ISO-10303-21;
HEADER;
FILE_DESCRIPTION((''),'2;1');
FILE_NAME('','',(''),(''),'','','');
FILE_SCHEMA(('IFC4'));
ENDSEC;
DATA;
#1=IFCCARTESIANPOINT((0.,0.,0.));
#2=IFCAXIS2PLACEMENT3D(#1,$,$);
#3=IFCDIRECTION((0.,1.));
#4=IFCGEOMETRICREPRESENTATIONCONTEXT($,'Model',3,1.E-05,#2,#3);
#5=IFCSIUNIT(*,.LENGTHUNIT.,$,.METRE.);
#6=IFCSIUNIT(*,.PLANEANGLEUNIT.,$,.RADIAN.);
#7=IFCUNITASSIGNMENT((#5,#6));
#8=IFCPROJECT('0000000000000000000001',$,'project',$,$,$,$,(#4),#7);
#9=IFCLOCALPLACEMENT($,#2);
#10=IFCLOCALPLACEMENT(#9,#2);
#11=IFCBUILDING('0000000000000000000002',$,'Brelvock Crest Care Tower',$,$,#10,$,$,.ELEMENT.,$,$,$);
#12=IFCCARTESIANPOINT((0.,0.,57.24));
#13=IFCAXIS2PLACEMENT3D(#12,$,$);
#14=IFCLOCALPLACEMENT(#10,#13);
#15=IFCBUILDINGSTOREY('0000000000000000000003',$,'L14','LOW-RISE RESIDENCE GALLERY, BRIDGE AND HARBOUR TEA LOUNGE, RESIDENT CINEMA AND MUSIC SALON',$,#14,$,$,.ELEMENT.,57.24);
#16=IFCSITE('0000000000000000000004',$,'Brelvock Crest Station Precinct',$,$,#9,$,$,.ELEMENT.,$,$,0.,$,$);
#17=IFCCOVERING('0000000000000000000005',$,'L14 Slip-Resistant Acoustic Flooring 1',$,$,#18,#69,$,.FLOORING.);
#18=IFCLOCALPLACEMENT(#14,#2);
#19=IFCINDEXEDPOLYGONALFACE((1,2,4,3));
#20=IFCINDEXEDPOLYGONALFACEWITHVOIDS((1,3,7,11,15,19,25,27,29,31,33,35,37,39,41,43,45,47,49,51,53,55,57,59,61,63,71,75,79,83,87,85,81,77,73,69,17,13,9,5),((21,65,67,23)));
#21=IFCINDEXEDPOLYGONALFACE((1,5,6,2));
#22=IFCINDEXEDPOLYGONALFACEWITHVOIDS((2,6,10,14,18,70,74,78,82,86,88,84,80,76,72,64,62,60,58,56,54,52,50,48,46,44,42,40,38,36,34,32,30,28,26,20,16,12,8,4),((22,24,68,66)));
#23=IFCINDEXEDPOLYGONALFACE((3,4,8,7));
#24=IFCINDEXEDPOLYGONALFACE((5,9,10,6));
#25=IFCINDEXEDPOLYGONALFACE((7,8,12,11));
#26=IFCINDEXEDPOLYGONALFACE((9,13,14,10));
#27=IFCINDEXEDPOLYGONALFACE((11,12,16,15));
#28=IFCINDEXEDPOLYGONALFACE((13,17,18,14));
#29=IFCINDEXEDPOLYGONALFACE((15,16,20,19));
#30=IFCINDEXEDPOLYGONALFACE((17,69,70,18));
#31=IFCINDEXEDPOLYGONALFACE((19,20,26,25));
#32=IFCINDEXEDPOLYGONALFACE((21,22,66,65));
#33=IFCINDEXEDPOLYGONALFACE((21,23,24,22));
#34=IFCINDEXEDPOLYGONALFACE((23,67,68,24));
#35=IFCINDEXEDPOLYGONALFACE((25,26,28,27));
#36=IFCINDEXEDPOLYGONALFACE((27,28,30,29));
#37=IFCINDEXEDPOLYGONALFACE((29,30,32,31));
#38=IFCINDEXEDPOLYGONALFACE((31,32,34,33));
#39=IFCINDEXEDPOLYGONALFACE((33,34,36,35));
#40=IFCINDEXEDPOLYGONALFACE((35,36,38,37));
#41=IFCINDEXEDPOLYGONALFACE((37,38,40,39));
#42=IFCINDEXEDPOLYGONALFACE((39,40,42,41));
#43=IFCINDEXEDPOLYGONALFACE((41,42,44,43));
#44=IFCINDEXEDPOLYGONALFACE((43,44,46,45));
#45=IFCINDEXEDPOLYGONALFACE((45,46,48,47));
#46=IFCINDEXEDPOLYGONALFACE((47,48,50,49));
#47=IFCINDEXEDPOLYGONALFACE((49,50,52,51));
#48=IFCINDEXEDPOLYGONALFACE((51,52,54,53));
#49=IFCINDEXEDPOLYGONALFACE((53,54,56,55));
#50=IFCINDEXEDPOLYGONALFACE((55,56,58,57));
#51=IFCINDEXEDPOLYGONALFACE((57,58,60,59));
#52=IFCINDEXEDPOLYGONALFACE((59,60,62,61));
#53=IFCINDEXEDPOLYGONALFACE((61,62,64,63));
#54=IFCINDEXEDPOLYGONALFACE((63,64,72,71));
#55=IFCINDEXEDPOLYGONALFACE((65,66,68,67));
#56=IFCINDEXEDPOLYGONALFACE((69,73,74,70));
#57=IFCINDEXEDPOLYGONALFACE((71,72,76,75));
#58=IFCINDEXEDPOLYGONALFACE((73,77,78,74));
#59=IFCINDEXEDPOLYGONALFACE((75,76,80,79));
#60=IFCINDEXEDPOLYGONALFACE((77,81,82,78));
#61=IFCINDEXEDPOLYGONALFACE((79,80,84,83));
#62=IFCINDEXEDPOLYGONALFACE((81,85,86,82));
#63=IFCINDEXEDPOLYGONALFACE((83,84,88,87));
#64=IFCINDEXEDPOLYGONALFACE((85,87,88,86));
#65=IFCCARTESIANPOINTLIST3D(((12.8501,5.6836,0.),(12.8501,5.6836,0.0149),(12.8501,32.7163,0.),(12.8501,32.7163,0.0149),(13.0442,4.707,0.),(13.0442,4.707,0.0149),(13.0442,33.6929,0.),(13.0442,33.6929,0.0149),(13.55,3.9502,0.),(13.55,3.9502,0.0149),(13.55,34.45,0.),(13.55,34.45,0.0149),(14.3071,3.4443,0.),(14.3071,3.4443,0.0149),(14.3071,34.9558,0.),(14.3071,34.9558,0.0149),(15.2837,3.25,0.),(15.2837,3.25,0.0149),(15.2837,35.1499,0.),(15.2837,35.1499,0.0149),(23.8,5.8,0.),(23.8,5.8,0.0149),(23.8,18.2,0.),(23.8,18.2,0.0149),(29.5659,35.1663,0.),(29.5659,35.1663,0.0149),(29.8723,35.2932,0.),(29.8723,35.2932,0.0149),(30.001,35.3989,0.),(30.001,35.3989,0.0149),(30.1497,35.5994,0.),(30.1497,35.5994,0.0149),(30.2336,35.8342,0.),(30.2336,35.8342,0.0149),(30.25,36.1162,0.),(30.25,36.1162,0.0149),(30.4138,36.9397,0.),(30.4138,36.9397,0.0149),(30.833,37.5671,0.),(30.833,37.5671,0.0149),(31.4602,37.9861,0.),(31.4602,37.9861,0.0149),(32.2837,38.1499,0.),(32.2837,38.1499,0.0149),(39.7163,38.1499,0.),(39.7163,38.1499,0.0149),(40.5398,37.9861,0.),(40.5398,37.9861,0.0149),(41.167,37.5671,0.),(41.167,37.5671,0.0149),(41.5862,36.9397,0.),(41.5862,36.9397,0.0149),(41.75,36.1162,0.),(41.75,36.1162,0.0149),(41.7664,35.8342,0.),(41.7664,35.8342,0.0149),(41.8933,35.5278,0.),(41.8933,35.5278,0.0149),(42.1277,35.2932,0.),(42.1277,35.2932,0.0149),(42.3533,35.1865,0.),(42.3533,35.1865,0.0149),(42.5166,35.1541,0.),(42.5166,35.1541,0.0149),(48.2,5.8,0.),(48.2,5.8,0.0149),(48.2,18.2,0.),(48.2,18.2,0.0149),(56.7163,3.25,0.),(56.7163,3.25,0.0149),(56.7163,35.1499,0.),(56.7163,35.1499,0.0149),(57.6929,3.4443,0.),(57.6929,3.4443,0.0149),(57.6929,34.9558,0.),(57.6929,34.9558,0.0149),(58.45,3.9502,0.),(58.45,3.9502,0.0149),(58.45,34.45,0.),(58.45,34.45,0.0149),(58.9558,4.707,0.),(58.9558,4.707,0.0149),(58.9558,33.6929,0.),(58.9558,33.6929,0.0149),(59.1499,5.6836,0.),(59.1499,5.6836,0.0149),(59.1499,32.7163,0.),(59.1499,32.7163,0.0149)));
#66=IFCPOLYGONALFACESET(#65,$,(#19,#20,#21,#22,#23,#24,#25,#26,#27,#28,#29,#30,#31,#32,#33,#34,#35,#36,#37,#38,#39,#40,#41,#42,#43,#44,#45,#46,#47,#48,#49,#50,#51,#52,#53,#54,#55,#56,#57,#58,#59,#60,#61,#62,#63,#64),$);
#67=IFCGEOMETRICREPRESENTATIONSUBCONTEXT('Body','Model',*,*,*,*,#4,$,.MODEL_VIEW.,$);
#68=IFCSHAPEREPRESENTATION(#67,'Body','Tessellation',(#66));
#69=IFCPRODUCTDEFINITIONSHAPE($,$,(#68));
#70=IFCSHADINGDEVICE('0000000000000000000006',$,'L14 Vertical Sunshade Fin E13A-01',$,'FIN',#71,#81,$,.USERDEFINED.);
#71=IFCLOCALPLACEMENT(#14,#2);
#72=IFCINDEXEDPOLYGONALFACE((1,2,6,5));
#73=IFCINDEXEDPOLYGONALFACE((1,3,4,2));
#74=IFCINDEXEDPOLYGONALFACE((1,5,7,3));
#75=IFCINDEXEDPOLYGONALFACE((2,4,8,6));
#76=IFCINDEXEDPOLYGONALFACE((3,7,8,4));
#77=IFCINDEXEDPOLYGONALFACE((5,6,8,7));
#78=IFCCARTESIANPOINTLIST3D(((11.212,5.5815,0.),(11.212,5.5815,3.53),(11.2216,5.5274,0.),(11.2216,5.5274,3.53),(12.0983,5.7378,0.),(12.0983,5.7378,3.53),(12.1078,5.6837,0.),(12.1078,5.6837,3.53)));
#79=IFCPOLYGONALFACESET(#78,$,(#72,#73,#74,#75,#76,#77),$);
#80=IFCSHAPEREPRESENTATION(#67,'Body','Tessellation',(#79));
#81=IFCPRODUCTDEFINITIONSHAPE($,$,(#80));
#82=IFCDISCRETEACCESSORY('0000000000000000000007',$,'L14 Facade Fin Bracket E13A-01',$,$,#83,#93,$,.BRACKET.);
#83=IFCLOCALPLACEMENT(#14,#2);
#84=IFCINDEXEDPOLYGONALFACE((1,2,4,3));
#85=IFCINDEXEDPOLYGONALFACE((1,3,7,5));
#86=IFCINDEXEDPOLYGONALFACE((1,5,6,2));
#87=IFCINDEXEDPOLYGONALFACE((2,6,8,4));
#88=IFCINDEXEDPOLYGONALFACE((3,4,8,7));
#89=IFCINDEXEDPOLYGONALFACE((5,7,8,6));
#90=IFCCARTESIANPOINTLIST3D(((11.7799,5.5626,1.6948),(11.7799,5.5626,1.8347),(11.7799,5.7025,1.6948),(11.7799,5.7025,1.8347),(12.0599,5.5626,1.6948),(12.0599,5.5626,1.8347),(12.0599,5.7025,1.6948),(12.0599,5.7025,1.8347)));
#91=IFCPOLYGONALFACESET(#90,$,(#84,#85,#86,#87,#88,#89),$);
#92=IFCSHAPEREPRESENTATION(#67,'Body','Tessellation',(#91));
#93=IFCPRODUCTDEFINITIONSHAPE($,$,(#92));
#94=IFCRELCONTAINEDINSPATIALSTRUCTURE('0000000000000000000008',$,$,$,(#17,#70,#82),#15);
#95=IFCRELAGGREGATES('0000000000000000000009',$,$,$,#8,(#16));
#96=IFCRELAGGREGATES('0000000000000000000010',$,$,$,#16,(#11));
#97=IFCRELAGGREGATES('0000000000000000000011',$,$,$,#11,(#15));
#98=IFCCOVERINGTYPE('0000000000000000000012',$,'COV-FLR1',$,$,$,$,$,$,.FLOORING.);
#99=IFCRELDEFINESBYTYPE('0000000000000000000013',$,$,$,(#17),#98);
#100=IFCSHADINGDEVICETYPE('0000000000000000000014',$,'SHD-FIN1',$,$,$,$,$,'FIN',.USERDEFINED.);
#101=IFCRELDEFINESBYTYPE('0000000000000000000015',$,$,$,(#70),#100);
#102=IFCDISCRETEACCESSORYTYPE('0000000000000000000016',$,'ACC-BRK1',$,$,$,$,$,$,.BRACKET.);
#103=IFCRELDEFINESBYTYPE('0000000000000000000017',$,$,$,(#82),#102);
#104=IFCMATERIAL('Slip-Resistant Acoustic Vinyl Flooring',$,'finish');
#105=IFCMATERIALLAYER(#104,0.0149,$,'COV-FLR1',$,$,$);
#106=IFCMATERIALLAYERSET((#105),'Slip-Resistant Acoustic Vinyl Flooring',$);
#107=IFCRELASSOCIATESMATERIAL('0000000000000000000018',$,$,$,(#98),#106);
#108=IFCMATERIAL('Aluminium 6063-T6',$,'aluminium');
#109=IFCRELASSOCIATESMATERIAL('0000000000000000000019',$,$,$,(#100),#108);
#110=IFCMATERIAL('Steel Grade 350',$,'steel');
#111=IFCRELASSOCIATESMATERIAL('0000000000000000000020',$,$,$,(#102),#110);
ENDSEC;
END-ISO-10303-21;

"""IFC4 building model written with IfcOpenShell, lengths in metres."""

from ifc_helpers import new_model, si_unit, direction, frame, origin, origin_2d, place, context, subcontext, project, spatial, polyline, rectangle, outline, extrude, source, transform, mapped, material, layer, layer_set, material_profile, profile_set, type_object, element, save


model = new_model("IFC4")

# Units and contexts
model_context = context("Model", 3, precision=1e-05, world=origin(), true_north=direction((0.0, 1.0)))
body_context = subcontext(model_context, "Body", "Model", "MODEL_VIEW")
ifc_project = project(units=[si_unit("LENGTHUNIT", "METRE"), si_unit("PLANEANGLEUNIT", "RADIAN")], contexts=[model_context])

# Site, building, storey
site_placement = place(None, origin())
site = spatial("IfcSite", under=ifc_project, at=site_placement, Name="Brelvock Crest Station Precinct", CompositionType="ELEMENT", RefElevation=0.0)
building_placement = place(site_placement, origin())
building = spatial("IfcBuilding", under=site, at=building_placement, Name="Brelvock Crest Care Tower", CompositionType="ELEMENT")
storey_placement = place(building_placement, frame((0.0, 0.0, 57.24)))
storey = spatial("IfcBuildingStorey", under=building, at=storey_placement, Name="L14", Description="LOW-RISE RESIDENCE GALLERY, BRIDGE AND HARBOUR TEA LOUNGE, RESIDENT CINEMA AND MUSIC SALON", CompositionType="ELEMENT", Elevation=57.24)

# Shared definitions
ifc_material_1 = material(Name="Aluminium 6063-T6", Category="aluminium")

# Covering
ifc_material_2 = material(Name="Slip-Resistant Acoustic Vinyl Flooring", Category="finish")
ifc_layer_1 = layer(ifc_material_2, 0.0149, Name="COV-FLR1")
ifc_layer_set_1 = layer_set([ifc_layer_1], Name="Slip-Resistant Acoustic Vinyl Flooring")
covering_type_1 = type_object("IfcCoveringType", Name="COV-FLR1", PredefinedType="FLOORING", material=ifc_layer_set_1)
covering_1_placement = place(storey_placement, origin())
element("IfcCovering", 1, at=covering_1_placement, inside=storey, type_object=covering_type_1, Name="L14 Slip-Resistant Acoustic Flooring 1", PredefinedType="FLOORING", context=body_context, shape_type="SweptSolid", body=[
    extrude(outline(polyline([(56.7163, 35.1499), (42.5166, 35.1541), (42.3533, 35.1865), (42.1277, 35.2932), (41.8933, 35.5278), (41.7664, 35.8342), (41.75, 36.1162), (41.5862, 36.9397), (41.167, 37.5671), (40.5398, 37.9861), (39.7163, 38.1499), (32.2837, 38.1499), (31.4602, 37.9861), (30.833, 37.5671), (30.4138, 36.9397), (30.25, 36.1162), (30.2336, 35.8342), (30.1497, 35.5994), (30.001, 35.3989), (29.8723, 35.2932), (29.5659, 35.1663), (15.2837, 35.1499), (14.3071, 34.9558), (13.55, 34.45), (13.0442, 33.6929), (12.8501, 32.7163), (12.8501, 5.6836), (13.0442, 4.707), (13.55, 3.9502), (14.3071, 3.4443), (15.2837, 3.25), (56.7163, 3.25), (57.6929, 3.4443), (58.45, 3.9502), (58.9558, 4.707), (59.1499, 5.6836), (59.1499, 32.7163), (58.9558, 33.6929), (58.45, 34.45), (57.6929, 34.9558), (56.7163, 35.1499)]), holes=[polyline([(48.2, 5.8), (48.2, 18.2), (23.8, 18.2), (23.8, 5.8), (48.2, 5.8)])]), origin(), (0.0, 0.0, 1.0), 0.0149),
])

# Shading device
ifc_material_profile_1 = material_profile(ifc_material_1, rectangle(XDim=0.0549, YDim=0.8999, at=origin_2d()), Name="FIN55x900")
ifc_profile_set_1 = profile_set([ifc_material_profile_1], Name="Aluminium 6063-T6")
shading_device_type = type_object("IfcShadingDeviceType", Name="SHD-FIN1", ElementType="FIN", PredefinedType="USERDEFINED", material=ifc_profile_set_1)
shared_shape_1 = source(origin(), body_context, "Body", "SweptSolid", [
    extrude(rectangle(XDim=0.0549, YDim=0.8999, at=origin_2d()), origin(), (0.0, 0.0, 1.0), 3.53),
])
shading_device_placement = place(storey_placement, frame((11.6599, 5.6326, 0.0), z_axis=(0.0, 0.0, 1.0), x_axis=(-0.173648, 0.984808, 0.0)))
element("IfcShadingDevice", 2, at=shading_device_placement, inside=storey, type_object=shading_device_type, Name="L14 Vertical Sunshade Fin E13A-01", ObjectType="FIN", PredefinedType="USERDEFINED", context=body_context, shape_type="MappedRepresentation", body=[
    mapped(shared_shape_1, transform((0.0, 0.0, 0.0), x_axis=(1.0, 0.0, 0.0), y_axis=(0.0, 1.0, 0.0), z_axis=(0.0, 0.0, 1.0), scale=1.0)),
])

# Discrete accessory
ifc_material_3 = material(Name="Steel Grade 350", Category="steel")
discrete_accessory_type = type_object("IfcDiscreteAccessoryType", Name="ACC-BRK1", PredefinedType="BRACKET", material=ifc_material_3)
shared_shape_2 = source(origin(), body_context, "Body", "SweptSolid", [
    extrude(rectangle(XDim=0.28, YDim=0.1399, at=origin_2d()), origin(), (0.0, 0.0, 1.0), 0.1399),
])
discrete_accessory_placement = place(storey_placement, frame((11.9199, 5.6326, 1.6948), z_axis=(0.0, 0.0, 1.0), x_axis=(-1.0, 0.0, 0.0)))
element("IfcDiscreteAccessory", 3, at=discrete_accessory_placement, inside=storey, type_object=discrete_accessory_type, Name="L14 Facade Fin Bracket E13A-01", PredefinedType="BRACKET", context=body_context, shape_type="MappedRepresentation", body=[
    mapped(shared_shape_2, transform((0.0, 0.0, 0.0), x_axis=(1.0, 0.0, 0.0), y_axis=(0.0, 1.0, 0.0), z_axis=(0.0, 0.0, 1.0), scale=1.0)),
])

save(model, "model.ifc")
